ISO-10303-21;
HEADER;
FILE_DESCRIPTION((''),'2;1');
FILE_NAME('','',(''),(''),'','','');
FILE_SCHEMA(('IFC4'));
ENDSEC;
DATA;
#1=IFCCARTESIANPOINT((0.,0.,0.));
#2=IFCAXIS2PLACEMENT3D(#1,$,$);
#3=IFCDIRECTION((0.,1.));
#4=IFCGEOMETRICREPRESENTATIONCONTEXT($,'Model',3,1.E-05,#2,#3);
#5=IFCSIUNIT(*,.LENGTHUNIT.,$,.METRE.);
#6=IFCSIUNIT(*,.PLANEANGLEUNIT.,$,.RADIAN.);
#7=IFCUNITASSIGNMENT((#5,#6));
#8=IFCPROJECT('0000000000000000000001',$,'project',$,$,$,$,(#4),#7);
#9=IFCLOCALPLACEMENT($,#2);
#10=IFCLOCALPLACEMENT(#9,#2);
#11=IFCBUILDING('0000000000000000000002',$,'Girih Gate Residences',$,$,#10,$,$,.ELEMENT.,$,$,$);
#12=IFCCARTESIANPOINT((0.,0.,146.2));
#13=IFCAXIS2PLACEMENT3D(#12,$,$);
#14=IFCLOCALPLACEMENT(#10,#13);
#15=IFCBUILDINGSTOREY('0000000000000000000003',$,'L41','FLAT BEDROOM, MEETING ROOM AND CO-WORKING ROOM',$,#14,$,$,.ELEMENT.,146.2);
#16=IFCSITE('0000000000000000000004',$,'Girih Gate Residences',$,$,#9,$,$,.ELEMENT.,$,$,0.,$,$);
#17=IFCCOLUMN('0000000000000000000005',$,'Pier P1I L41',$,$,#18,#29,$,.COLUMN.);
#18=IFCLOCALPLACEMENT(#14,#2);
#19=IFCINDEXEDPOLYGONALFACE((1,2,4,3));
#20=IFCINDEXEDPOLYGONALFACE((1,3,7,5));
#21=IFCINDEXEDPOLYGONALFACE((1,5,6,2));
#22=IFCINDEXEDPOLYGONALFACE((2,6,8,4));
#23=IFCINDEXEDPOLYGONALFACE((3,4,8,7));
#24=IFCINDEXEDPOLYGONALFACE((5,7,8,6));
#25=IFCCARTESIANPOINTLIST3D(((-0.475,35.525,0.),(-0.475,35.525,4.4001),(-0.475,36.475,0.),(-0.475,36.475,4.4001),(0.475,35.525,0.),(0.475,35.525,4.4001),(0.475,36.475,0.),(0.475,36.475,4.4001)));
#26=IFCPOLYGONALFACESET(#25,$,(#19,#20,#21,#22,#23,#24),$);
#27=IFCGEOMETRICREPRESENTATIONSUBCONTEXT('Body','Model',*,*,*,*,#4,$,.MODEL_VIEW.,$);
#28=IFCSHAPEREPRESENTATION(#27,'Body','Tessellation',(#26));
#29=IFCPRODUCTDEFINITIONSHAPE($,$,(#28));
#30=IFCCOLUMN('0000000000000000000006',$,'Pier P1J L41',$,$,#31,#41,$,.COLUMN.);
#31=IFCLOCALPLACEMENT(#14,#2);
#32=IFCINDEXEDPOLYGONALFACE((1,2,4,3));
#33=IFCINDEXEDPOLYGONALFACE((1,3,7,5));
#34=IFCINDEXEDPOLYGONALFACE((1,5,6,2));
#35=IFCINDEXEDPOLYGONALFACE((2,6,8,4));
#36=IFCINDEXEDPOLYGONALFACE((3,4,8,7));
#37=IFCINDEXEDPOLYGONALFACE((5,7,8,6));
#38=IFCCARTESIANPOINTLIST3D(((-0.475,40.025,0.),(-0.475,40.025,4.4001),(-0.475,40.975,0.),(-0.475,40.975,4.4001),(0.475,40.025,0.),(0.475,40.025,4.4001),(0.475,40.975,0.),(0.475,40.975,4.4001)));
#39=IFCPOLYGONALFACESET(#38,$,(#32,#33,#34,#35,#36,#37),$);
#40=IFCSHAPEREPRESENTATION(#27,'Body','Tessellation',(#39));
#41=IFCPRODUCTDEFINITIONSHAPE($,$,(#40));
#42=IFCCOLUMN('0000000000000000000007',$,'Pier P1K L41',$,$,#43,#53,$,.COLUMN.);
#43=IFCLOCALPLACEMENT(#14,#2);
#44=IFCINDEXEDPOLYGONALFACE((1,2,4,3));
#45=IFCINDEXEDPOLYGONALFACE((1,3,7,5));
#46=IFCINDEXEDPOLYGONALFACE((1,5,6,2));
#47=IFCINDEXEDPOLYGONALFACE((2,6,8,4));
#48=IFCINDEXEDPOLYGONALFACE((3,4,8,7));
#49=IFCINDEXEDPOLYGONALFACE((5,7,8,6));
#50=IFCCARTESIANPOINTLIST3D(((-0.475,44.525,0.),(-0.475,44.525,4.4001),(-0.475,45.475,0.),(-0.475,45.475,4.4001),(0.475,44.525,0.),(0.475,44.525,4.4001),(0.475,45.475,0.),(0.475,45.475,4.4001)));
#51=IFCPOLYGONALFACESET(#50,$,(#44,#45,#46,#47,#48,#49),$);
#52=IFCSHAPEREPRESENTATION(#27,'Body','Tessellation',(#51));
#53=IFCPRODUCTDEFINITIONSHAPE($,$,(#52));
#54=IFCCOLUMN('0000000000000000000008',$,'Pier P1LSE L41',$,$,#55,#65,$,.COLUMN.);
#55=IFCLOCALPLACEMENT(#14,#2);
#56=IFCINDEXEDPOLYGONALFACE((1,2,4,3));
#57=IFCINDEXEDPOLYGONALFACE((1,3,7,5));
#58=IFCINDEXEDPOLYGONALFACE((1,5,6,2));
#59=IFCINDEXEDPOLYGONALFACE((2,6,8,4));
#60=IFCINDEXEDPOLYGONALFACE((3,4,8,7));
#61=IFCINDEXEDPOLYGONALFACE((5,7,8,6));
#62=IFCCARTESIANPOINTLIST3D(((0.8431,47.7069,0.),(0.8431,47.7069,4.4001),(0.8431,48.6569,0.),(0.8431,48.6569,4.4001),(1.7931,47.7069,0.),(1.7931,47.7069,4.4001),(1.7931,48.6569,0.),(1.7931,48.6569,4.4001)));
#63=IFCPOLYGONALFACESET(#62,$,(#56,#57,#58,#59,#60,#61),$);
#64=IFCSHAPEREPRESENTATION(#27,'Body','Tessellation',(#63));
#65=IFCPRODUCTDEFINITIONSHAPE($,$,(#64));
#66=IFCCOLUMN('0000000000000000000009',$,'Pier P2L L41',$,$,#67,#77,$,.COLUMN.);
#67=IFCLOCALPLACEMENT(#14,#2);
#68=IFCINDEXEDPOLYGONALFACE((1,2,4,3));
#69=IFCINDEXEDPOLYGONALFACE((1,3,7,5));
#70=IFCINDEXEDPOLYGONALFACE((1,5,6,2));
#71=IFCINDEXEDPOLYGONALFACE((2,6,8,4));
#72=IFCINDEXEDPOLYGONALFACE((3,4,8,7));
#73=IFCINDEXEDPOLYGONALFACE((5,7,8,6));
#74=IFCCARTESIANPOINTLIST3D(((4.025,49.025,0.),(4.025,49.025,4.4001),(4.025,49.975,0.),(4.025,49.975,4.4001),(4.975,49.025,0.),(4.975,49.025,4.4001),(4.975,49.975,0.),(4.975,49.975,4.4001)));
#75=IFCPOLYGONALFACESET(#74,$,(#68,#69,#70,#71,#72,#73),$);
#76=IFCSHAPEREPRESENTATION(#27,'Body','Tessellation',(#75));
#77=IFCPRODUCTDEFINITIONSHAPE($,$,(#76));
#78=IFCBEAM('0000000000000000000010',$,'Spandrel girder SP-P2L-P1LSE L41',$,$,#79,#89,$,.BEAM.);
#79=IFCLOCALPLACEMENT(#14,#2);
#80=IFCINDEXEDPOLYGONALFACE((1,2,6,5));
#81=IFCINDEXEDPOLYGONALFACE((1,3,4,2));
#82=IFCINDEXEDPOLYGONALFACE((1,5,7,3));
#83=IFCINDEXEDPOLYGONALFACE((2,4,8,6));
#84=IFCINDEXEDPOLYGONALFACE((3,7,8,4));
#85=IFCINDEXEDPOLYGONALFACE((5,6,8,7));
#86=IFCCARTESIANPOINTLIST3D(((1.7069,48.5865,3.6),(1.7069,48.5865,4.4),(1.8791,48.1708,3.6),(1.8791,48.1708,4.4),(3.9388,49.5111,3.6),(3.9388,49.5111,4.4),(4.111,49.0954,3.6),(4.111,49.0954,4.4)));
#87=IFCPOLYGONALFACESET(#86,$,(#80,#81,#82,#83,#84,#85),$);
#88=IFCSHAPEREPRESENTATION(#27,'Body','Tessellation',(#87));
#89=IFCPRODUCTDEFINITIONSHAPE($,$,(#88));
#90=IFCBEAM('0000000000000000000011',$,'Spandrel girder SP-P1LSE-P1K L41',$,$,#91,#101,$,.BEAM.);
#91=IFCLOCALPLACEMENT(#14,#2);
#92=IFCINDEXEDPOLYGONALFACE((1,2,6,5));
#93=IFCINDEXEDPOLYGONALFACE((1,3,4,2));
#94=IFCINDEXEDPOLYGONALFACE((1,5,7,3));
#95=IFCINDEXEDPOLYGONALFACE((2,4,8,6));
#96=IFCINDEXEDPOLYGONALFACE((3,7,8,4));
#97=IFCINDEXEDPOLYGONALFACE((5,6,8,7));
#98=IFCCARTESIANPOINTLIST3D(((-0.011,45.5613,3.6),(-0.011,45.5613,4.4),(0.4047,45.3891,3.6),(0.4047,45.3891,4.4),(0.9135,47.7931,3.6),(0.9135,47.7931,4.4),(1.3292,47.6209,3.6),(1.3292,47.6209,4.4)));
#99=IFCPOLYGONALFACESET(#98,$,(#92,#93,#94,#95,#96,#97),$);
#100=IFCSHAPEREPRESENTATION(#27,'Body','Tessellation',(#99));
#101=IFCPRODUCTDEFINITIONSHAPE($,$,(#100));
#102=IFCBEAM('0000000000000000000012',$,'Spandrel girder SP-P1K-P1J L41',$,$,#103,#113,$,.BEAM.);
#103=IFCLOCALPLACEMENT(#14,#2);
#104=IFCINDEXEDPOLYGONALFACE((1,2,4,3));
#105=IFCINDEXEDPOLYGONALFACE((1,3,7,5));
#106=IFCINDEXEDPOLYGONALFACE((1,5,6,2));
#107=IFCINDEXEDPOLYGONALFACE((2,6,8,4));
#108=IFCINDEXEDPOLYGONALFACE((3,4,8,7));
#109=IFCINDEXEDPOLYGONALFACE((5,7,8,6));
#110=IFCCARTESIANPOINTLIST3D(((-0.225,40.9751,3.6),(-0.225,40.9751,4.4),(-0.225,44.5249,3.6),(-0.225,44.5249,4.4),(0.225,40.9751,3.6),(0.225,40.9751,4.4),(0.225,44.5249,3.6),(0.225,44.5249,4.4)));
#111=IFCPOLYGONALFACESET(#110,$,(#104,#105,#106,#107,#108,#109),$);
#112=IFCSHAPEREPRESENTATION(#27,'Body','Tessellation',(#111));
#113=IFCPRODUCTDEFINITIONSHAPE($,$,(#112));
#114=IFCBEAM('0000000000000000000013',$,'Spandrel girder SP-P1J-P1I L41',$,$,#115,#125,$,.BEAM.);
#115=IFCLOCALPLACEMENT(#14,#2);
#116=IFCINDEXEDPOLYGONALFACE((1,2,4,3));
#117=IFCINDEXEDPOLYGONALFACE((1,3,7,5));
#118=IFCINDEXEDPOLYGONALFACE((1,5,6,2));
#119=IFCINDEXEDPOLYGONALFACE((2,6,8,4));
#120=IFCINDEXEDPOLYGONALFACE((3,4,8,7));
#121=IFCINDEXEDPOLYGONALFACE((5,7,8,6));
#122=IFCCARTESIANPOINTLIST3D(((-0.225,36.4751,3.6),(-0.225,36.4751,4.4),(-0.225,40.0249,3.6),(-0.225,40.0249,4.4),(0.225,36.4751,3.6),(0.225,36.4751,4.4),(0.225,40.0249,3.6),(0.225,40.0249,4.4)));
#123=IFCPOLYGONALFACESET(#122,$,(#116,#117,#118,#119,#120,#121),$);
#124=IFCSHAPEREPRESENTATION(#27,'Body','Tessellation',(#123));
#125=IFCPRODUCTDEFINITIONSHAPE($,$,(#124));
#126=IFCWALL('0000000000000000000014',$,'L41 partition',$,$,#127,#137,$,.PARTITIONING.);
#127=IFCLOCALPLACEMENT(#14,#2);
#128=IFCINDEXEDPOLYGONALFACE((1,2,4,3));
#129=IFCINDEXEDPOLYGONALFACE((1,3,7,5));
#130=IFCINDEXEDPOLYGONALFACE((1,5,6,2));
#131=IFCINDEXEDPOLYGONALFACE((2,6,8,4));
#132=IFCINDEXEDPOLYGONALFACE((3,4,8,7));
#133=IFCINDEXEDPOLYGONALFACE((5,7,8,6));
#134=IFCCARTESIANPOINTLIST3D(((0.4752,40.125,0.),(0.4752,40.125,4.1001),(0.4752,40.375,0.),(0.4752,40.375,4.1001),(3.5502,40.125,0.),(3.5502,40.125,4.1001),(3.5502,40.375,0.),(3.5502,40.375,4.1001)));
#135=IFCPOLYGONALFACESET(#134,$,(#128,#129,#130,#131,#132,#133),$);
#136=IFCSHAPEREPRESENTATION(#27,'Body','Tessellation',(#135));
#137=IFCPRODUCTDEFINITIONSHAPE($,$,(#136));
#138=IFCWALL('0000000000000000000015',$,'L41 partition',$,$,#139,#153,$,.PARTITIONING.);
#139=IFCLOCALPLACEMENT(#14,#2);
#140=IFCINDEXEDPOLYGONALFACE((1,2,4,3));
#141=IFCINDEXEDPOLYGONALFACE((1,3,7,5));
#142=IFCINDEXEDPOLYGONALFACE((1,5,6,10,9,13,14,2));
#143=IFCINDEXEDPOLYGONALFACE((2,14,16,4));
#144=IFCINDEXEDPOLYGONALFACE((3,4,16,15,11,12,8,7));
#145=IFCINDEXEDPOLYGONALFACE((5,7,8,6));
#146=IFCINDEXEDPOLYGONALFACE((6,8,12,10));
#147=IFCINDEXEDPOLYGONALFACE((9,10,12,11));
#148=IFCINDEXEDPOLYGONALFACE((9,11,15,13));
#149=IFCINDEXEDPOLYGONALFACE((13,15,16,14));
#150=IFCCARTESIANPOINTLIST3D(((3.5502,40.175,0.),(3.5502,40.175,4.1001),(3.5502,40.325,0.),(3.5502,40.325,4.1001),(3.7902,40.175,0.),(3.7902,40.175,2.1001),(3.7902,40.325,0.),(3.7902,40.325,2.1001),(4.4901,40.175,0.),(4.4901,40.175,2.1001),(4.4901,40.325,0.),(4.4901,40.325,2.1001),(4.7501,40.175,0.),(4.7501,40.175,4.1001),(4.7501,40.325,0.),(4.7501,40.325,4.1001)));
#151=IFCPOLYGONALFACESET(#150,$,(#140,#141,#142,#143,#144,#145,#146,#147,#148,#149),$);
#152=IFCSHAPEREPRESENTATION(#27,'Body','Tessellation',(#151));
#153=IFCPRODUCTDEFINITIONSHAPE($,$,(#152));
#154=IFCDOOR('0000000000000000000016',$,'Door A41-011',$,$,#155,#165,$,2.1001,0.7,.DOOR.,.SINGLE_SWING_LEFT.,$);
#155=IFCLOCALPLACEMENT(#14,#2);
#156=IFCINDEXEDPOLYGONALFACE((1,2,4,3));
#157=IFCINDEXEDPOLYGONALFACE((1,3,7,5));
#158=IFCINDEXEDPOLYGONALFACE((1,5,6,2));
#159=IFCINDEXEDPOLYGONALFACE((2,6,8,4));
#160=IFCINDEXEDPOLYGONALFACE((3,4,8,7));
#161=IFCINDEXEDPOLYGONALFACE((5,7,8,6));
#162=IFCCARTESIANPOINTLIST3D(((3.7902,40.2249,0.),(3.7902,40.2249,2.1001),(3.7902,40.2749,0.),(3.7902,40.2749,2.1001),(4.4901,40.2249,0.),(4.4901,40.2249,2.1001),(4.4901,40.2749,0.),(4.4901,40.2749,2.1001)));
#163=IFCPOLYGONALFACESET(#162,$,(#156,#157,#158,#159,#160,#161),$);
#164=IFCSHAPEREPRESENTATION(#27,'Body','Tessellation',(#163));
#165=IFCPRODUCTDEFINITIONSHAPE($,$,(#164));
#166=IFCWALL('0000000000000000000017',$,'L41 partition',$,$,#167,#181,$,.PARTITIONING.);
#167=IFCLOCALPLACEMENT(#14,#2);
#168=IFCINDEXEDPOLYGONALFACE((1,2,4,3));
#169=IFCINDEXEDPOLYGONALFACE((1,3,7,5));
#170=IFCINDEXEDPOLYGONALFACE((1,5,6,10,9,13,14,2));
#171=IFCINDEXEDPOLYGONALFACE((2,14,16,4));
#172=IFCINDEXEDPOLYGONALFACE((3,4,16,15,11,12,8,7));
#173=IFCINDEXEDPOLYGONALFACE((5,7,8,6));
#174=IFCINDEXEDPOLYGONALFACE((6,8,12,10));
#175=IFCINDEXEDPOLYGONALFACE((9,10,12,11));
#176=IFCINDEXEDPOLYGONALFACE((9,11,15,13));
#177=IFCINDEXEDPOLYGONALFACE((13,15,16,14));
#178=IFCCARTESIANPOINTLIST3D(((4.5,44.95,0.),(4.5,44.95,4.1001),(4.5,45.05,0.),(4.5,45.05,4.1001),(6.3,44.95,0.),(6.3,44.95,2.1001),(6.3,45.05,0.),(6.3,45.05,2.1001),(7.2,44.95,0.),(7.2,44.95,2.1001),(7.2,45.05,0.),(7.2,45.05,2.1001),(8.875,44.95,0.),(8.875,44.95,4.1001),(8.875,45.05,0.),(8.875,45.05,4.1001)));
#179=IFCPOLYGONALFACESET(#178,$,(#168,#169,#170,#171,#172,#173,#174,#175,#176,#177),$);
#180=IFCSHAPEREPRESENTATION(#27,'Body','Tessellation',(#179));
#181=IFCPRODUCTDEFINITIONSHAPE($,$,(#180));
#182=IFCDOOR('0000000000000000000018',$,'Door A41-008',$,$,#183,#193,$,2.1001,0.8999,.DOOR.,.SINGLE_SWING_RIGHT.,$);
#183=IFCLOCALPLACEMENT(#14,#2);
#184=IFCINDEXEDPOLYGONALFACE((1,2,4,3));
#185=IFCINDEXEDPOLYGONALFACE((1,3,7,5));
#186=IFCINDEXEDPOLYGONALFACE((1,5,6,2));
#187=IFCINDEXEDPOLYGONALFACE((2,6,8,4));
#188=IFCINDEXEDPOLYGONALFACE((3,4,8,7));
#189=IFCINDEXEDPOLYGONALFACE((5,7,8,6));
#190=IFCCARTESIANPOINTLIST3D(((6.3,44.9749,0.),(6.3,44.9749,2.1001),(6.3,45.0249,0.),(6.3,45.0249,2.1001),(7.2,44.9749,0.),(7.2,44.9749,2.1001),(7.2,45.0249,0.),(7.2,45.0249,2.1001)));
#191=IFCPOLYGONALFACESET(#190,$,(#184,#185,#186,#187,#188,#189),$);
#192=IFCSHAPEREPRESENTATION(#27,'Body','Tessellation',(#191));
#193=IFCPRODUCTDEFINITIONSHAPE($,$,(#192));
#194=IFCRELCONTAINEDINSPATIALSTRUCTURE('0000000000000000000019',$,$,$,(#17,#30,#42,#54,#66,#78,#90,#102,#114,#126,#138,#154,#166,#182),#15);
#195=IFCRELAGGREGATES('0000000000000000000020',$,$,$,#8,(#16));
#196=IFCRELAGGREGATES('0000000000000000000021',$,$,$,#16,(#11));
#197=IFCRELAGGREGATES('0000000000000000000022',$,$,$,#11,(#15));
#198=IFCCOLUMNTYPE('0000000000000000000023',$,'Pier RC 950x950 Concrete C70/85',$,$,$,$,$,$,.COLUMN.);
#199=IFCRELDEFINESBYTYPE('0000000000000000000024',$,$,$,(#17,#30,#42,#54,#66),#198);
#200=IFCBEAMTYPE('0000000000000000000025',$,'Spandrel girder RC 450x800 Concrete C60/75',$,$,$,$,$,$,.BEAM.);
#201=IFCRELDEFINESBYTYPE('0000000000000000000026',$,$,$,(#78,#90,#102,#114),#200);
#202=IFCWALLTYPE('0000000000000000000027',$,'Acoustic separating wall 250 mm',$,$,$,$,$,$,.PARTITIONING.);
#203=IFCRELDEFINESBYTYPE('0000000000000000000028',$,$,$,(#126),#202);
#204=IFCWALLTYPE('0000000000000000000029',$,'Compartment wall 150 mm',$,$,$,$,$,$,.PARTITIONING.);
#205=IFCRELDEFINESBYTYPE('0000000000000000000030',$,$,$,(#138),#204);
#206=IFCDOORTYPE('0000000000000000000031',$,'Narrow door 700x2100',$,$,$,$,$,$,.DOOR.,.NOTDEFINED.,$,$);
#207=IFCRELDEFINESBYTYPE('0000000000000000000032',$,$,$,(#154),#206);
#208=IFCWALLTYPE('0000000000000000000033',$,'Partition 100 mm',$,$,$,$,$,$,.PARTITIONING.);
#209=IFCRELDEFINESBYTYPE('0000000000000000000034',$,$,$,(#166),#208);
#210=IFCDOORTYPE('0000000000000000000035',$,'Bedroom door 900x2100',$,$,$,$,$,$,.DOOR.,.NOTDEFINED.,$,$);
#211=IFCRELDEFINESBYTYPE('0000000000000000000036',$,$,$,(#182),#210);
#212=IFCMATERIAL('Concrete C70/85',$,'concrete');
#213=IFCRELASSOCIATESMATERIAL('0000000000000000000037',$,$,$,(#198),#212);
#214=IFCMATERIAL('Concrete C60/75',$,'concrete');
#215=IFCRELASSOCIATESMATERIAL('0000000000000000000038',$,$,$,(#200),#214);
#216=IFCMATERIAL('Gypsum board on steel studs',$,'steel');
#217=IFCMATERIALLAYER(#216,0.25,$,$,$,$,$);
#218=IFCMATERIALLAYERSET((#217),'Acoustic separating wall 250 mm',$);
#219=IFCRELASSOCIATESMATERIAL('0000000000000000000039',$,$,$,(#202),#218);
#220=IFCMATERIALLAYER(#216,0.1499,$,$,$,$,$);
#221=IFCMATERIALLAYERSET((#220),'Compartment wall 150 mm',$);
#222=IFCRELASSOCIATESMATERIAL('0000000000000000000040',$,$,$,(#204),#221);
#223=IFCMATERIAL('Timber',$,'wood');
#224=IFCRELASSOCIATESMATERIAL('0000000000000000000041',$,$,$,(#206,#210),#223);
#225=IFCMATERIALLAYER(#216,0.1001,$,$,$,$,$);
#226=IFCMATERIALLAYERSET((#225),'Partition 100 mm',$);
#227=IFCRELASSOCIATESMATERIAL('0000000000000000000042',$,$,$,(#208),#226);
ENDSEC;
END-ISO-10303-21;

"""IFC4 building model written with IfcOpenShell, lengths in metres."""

from ifc_helpers import new_model, si_unit, direction, frame, frame_2d, origin, origin_2d, place, context, subcontext, project, spatial, rectangle, extrude, material, layer, layer_set, material_profile, profile_set, type_object, element, fill, save


model = new_model("IFC4")

# Units and contexts
model_context = context("Model", 3, precision=1e-05, world=origin(), true_north=direction((0.0, 1.0)))
body_context = subcontext(model_context, "Body", "Model", "MODEL_VIEW")
ifc_project = project(units=[si_unit("LENGTHUNIT", "METRE"), si_unit("PLANEANGLEUNIT", "RADIAN")], contexts=[model_context])

# Site, building, storey
site_placement = place(None, origin())
site = spatial("IfcSite", under=ifc_project, at=site_placement, Name="Girih Gate Residences", CompositionType="ELEMENT", RefElevation=0.0)
building_placement = place(site_placement, origin())
building = spatial("IfcBuilding", under=site, at=building_placement, Name="Girih Gate Residences", CompositionType="ELEMENT")
storey_placement = place(building_placement, frame((0.0, 0.0, 146.2)))
storey = spatial("IfcBuildingStorey", under=building, at=storey_placement, Name="L41", Description="FLAT BEDROOM, MEETING ROOM AND CO-WORKING ROOM", CompositionType="ELEMENT", Elevation=146.2)

# Columns
ifc_material_1 = material(Name="Concrete C70/85", Category="concrete")
ifc_material_profile_1 = material_profile(ifc_material_1, rectangle(XDim=0.95, YDim=0.95, at=origin_2d()))
ifc_profile_set_1 = profile_set([ifc_material_profile_1], Name="Concrete C70/85")
column_type = type_object("IfcColumnType", Name="Pier RC 950x950 Concrete C70/85", PredefinedType="COLUMN", material=ifc_profile_set_1)
for number, where, z_axis, x_axis, name in (
    (1, (0.0, 36.0, 0.0), (0.0, 0.0, 1.0), (1.0, 0.0, 0.0), "Pier P1I L41"),
    (2, (0.0, 40.5, 0.0), (0.0, 0.0, 1.0), (1.0, 0.0, 0.0), "Pier P1J L41"),
    (3, (0.0, 45.0, 0.0), (0.0, 0.0, 1.0), (1.0, 0.0, 0.0), "Pier P1K L41"),
    (4, (1.3181, 48.1819, 0.0), (0.0, 0.0, 1.0), (1.0, 0.0, 0.0), "Pier P1LSE L41"),
    (5, (4.5, 49.5, 0.0), (0.0, 0.0, 1.0), (1.0, 0.0, 0.0), "Pier P2L L41"),
):
    element("IfcColumn", number, at=place(storey_placement, frame(where, z_axis=z_axis, x_axis=x_axis)), inside=storey, type_object=column_type, Name=name, PredefinedType="COLUMN", context=body_context, shape_type="SweptSolid", body=[
        extrude(rectangle(XDim=0.95, YDim=0.95, at=origin_2d()), origin(), (0.0, 0.0, 1.0), 4.4001),
    ])

# Beams
ifc_material_2 = material(Name="Concrete C60/75", Category="concrete")
ifc_material_profile_2 = material_profile(ifc_material_2, rectangle(XDim=0.45, YDim=0.8, at=origin_2d()))
ifc_profile_set_2 = profile_set([ifc_material_profile_2], Name="Concrete C60/75")
beam_type = type_object("IfcBeamType", Name="Spandrel girder RC 450x800 Concrete C60/75", PredefinedType="BEAM", material=ifc_profile_set_2)
for number, where, z_axis, x_axis, name in (
    (6, (4.0249, 49.3032, 4.0), (-0.92387, -0.382706, 0.0), (0.382706, -0.92387, 0.0), "Spandrel girder SP-P2L-P1LSE L41"),
    (7, (1.1213, 47.707, 4.0), (-0.382706, -0.92387, 0.0), (0.92387, -0.382706, 0.0), "Spandrel girder SP-P1LSE-P1K L41"),
):
    element("IfcBeam", number, at=place(storey_placement, frame(where, z_axis=z_axis, x_axis=x_axis)), inside=storey, type_object=beam_type, Name=name, PredefinedType="BEAM", context=body_context, shape_type="SweptSolid", body=[
        extrude(rectangle(XDim=0.45, YDim=0.8, at=origin_2d()), origin(), (0.0, 0.0, 1.0), 2.4158),
    ])
for number, where, z_axis, x_axis, name in (
    (8, (0.0, 44.5249, 4.0), (0.0, -1.0, 0.0), (1.0, 0.0, 0.0), "Spandrel girder SP-P1K-P1J L41"),
    (9, (0.0, 40.0249, 4.0), (0.0, -1.0, 0.0), (1.0, 0.0, 0.0), "Spandrel girder SP-P1J-P1I L41"),
):
    element("IfcBeam", number, at=place(storey_placement, frame(where, z_axis=z_axis, x_axis=x_axis)), inside=storey, type_object=beam_type, Name=name, PredefinedType="BEAM", context=body_context, shape_type="SweptSolid", body=[
        extrude(rectangle(XDim=0.45, YDim=0.8, at=origin_2d()), origin(), (0.0, 0.0, 1.0), 3.5498),
    ])

# Wall
ifc_material_3 = material(Name="Gypsum board on steel studs", Category="steel")
ifc_layer_1 = layer(ifc_material_3, 0.25)
ifc_layer_set_1 = layer_set([ifc_layer_1], Name="Acoustic separating wall 250 mm")
wall_type_1 = type_object("IfcWallType", Name="Acoustic separating wall 250 mm", PredefinedType="PARTITIONING", material=ifc_layer_set_1)
wall_1_placement = place(storey_placement, frame((0.4751, 40.25, 0.0), z_axis=(0.0, 0.0, 1.0), x_axis=(1.0, 0.0, 0.0)))
element("IfcWall", 10, at=wall_1_placement, inside=storey, type_object=wall_type_1, Name="L41 partition", PredefinedType="PARTITIONING", context=body_context, shape_type="SweptSolid", body=[
    extrude(rectangle(XDim=3.075, YDim=0.25, at=frame_2d((1.5376, 0.0))), origin(), (0.0, 0.0, 1.0), 4.1001),
])

# Walls, openings, doors
ifc_layer_2 = layer(ifc_material_3, 0.1499)
ifc_layer_set_2 = layer_set([ifc_layer_2], Name="Compartment wall 150 mm")
wall_type_2 = type_object("IfcWallType", Name="Compartment wall 150 mm", PredefinedType="PARTITIONING", material=ifc_layer_set_2)
wall_2_placement = place(storey_placement, frame((3.55, 40.25, 0.0), z_axis=(0.0, 0.0, 1.0), x_axis=(1.0, 0.0, 0.0)))
wall_2 = element("IfcWall", 11, at=wall_2_placement, inside=storey, type_object=wall_type_2, Name="L41 partition", PredefinedType="PARTITIONING", context=body_context, shape_type="SweptSolid", body=[
    extrude(rectangle(XDim=1.2, YDim=0.1499, at=frame_2d((0.6001, 0.0))), origin(), (0.0, 0.0, 1.0), 4.1001),
])
opening_1_placement = place(wall_2_placement, frame((0.24, 0.0, 0.0)))
opening_1 = element("IfcOpeningElement", 12, at=opening_1_placement, cuts=wall_2, PredefinedType="OPENING", context=body_context, shape_type="SweptSolid", body=[
    extrude(rectangle(XDim=0.7, YDim=2.1001, at=frame_2d((0.3501, 1.05))), frame((0.0, 0.085, 0.0), z_axis=(0.0, -1.0, 0.0), x_axis=(1.0, 0.0, 0.0)), (0.0, 0.0, 1.0), 0.1699),
])
ifc_material_4 = material(Name="Timber", Category="wood")
door_type_1 = type_object("IfcDoorType", Name="Narrow door 700x2100", OperationType="NOTDEFINED", PredefinedType="DOOR", material=ifc_material_4)
door_1_placement = place(opening_1_placement, origin())
door_1 = element("IfcDoor", 13, at=door_1_placement, inside=storey, type_object=door_type_1, Name="Door A41-011", OperationType="SINGLE_SWING_LEFT", OverallHeight=2.1001, OverallWidth=0.7, PredefinedType="DOOR", context=body_context, shape_type="SweptSolid", body=[
    extrude(rectangle(XDim=0.7, YDim=2.1001, at=frame_2d((0.3501, 1.05))), frame((0.0, 0.0249, 0.0), z_axis=(0.0, -1.0, 0.0), x_axis=(1.0, 0.0, 0.0)), (0.0, 0.0, 1.0), 0.05),
])
fill(opening_1, door_1)
ifc_layer_3 = layer(ifc_material_3, 0.1001)
ifc_layer_set_3 = layer_set([ifc_layer_3], Name="Partition 100 mm")
wall_type_3 = type_object("IfcWallType", Name="Partition 100 mm", PredefinedType="PARTITIONING", material=ifc_layer_set_3)
wall_3_placement = place(storey_placement, frame((4.5, 45.0, 0.0), z_axis=(0.0, 0.0, 1.0), x_axis=(1.0, 0.0, 0.0)))
wall_3 = element("IfcWall", 14, at=wall_3_placement, inside=storey, type_object=wall_type_3, Name="L41 partition", PredefinedType="PARTITIONING", context=body_context, shape_type="SweptSolid", body=[
    extrude(rectangle(XDim=4.375, YDim=0.1001, at=frame_2d((2.1875, 0.0))), origin(), (0.0, 0.0, 1.0), 4.1001),
])
opening_2_placement = place(wall_3_placement, frame((1.8, 0.0, 0.0)))
opening_2 = element("IfcOpeningElement", 15, at=opening_2_placement, cuts=wall_3, PredefinedType="OPENING", context=body_context, shape_type="SweptSolid", body=[
    extrude(rectangle(XDim=0.8999, YDim=2.1001, at=frame_2d((0.45, 1.05))), frame((0.0, 0.0601, 0.0), z_axis=(0.0, -1.0, 0.0), x_axis=(1.0, 0.0, 0.0)), (0.0, 0.0, 1.0), 0.1201),
])
door_type_2 = type_object("IfcDoorType", Name="Bedroom door 900x2100", OperationType="NOTDEFINED", PredefinedType="DOOR", material=ifc_material_4)
door_2_placement = place(opening_2_placement, origin())
door_2 = element("IfcDoor", 16, at=door_2_placement, inside=storey, type_object=door_type_2, Name="Door A41-008", OperationType="SINGLE_SWING_RIGHT", OverallHeight=2.1001, OverallWidth=0.8999, PredefinedType="DOOR", context=body_context, shape_type="SweptSolid", body=[
    extrude(rectangle(XDim=0.8999, YDim=2.1001, at=frame_2d((0.45, 1.05))), frame((0.0, 0.0249, 0.0), z_axis=(0.0, -1.0, 0.0), x_axis=(1.0, 0.0, 0.0)), (0.0, 0.0, 1.0), 0.05),
])
fill(opening_2, door_2)

save(model, "model.ifc")
